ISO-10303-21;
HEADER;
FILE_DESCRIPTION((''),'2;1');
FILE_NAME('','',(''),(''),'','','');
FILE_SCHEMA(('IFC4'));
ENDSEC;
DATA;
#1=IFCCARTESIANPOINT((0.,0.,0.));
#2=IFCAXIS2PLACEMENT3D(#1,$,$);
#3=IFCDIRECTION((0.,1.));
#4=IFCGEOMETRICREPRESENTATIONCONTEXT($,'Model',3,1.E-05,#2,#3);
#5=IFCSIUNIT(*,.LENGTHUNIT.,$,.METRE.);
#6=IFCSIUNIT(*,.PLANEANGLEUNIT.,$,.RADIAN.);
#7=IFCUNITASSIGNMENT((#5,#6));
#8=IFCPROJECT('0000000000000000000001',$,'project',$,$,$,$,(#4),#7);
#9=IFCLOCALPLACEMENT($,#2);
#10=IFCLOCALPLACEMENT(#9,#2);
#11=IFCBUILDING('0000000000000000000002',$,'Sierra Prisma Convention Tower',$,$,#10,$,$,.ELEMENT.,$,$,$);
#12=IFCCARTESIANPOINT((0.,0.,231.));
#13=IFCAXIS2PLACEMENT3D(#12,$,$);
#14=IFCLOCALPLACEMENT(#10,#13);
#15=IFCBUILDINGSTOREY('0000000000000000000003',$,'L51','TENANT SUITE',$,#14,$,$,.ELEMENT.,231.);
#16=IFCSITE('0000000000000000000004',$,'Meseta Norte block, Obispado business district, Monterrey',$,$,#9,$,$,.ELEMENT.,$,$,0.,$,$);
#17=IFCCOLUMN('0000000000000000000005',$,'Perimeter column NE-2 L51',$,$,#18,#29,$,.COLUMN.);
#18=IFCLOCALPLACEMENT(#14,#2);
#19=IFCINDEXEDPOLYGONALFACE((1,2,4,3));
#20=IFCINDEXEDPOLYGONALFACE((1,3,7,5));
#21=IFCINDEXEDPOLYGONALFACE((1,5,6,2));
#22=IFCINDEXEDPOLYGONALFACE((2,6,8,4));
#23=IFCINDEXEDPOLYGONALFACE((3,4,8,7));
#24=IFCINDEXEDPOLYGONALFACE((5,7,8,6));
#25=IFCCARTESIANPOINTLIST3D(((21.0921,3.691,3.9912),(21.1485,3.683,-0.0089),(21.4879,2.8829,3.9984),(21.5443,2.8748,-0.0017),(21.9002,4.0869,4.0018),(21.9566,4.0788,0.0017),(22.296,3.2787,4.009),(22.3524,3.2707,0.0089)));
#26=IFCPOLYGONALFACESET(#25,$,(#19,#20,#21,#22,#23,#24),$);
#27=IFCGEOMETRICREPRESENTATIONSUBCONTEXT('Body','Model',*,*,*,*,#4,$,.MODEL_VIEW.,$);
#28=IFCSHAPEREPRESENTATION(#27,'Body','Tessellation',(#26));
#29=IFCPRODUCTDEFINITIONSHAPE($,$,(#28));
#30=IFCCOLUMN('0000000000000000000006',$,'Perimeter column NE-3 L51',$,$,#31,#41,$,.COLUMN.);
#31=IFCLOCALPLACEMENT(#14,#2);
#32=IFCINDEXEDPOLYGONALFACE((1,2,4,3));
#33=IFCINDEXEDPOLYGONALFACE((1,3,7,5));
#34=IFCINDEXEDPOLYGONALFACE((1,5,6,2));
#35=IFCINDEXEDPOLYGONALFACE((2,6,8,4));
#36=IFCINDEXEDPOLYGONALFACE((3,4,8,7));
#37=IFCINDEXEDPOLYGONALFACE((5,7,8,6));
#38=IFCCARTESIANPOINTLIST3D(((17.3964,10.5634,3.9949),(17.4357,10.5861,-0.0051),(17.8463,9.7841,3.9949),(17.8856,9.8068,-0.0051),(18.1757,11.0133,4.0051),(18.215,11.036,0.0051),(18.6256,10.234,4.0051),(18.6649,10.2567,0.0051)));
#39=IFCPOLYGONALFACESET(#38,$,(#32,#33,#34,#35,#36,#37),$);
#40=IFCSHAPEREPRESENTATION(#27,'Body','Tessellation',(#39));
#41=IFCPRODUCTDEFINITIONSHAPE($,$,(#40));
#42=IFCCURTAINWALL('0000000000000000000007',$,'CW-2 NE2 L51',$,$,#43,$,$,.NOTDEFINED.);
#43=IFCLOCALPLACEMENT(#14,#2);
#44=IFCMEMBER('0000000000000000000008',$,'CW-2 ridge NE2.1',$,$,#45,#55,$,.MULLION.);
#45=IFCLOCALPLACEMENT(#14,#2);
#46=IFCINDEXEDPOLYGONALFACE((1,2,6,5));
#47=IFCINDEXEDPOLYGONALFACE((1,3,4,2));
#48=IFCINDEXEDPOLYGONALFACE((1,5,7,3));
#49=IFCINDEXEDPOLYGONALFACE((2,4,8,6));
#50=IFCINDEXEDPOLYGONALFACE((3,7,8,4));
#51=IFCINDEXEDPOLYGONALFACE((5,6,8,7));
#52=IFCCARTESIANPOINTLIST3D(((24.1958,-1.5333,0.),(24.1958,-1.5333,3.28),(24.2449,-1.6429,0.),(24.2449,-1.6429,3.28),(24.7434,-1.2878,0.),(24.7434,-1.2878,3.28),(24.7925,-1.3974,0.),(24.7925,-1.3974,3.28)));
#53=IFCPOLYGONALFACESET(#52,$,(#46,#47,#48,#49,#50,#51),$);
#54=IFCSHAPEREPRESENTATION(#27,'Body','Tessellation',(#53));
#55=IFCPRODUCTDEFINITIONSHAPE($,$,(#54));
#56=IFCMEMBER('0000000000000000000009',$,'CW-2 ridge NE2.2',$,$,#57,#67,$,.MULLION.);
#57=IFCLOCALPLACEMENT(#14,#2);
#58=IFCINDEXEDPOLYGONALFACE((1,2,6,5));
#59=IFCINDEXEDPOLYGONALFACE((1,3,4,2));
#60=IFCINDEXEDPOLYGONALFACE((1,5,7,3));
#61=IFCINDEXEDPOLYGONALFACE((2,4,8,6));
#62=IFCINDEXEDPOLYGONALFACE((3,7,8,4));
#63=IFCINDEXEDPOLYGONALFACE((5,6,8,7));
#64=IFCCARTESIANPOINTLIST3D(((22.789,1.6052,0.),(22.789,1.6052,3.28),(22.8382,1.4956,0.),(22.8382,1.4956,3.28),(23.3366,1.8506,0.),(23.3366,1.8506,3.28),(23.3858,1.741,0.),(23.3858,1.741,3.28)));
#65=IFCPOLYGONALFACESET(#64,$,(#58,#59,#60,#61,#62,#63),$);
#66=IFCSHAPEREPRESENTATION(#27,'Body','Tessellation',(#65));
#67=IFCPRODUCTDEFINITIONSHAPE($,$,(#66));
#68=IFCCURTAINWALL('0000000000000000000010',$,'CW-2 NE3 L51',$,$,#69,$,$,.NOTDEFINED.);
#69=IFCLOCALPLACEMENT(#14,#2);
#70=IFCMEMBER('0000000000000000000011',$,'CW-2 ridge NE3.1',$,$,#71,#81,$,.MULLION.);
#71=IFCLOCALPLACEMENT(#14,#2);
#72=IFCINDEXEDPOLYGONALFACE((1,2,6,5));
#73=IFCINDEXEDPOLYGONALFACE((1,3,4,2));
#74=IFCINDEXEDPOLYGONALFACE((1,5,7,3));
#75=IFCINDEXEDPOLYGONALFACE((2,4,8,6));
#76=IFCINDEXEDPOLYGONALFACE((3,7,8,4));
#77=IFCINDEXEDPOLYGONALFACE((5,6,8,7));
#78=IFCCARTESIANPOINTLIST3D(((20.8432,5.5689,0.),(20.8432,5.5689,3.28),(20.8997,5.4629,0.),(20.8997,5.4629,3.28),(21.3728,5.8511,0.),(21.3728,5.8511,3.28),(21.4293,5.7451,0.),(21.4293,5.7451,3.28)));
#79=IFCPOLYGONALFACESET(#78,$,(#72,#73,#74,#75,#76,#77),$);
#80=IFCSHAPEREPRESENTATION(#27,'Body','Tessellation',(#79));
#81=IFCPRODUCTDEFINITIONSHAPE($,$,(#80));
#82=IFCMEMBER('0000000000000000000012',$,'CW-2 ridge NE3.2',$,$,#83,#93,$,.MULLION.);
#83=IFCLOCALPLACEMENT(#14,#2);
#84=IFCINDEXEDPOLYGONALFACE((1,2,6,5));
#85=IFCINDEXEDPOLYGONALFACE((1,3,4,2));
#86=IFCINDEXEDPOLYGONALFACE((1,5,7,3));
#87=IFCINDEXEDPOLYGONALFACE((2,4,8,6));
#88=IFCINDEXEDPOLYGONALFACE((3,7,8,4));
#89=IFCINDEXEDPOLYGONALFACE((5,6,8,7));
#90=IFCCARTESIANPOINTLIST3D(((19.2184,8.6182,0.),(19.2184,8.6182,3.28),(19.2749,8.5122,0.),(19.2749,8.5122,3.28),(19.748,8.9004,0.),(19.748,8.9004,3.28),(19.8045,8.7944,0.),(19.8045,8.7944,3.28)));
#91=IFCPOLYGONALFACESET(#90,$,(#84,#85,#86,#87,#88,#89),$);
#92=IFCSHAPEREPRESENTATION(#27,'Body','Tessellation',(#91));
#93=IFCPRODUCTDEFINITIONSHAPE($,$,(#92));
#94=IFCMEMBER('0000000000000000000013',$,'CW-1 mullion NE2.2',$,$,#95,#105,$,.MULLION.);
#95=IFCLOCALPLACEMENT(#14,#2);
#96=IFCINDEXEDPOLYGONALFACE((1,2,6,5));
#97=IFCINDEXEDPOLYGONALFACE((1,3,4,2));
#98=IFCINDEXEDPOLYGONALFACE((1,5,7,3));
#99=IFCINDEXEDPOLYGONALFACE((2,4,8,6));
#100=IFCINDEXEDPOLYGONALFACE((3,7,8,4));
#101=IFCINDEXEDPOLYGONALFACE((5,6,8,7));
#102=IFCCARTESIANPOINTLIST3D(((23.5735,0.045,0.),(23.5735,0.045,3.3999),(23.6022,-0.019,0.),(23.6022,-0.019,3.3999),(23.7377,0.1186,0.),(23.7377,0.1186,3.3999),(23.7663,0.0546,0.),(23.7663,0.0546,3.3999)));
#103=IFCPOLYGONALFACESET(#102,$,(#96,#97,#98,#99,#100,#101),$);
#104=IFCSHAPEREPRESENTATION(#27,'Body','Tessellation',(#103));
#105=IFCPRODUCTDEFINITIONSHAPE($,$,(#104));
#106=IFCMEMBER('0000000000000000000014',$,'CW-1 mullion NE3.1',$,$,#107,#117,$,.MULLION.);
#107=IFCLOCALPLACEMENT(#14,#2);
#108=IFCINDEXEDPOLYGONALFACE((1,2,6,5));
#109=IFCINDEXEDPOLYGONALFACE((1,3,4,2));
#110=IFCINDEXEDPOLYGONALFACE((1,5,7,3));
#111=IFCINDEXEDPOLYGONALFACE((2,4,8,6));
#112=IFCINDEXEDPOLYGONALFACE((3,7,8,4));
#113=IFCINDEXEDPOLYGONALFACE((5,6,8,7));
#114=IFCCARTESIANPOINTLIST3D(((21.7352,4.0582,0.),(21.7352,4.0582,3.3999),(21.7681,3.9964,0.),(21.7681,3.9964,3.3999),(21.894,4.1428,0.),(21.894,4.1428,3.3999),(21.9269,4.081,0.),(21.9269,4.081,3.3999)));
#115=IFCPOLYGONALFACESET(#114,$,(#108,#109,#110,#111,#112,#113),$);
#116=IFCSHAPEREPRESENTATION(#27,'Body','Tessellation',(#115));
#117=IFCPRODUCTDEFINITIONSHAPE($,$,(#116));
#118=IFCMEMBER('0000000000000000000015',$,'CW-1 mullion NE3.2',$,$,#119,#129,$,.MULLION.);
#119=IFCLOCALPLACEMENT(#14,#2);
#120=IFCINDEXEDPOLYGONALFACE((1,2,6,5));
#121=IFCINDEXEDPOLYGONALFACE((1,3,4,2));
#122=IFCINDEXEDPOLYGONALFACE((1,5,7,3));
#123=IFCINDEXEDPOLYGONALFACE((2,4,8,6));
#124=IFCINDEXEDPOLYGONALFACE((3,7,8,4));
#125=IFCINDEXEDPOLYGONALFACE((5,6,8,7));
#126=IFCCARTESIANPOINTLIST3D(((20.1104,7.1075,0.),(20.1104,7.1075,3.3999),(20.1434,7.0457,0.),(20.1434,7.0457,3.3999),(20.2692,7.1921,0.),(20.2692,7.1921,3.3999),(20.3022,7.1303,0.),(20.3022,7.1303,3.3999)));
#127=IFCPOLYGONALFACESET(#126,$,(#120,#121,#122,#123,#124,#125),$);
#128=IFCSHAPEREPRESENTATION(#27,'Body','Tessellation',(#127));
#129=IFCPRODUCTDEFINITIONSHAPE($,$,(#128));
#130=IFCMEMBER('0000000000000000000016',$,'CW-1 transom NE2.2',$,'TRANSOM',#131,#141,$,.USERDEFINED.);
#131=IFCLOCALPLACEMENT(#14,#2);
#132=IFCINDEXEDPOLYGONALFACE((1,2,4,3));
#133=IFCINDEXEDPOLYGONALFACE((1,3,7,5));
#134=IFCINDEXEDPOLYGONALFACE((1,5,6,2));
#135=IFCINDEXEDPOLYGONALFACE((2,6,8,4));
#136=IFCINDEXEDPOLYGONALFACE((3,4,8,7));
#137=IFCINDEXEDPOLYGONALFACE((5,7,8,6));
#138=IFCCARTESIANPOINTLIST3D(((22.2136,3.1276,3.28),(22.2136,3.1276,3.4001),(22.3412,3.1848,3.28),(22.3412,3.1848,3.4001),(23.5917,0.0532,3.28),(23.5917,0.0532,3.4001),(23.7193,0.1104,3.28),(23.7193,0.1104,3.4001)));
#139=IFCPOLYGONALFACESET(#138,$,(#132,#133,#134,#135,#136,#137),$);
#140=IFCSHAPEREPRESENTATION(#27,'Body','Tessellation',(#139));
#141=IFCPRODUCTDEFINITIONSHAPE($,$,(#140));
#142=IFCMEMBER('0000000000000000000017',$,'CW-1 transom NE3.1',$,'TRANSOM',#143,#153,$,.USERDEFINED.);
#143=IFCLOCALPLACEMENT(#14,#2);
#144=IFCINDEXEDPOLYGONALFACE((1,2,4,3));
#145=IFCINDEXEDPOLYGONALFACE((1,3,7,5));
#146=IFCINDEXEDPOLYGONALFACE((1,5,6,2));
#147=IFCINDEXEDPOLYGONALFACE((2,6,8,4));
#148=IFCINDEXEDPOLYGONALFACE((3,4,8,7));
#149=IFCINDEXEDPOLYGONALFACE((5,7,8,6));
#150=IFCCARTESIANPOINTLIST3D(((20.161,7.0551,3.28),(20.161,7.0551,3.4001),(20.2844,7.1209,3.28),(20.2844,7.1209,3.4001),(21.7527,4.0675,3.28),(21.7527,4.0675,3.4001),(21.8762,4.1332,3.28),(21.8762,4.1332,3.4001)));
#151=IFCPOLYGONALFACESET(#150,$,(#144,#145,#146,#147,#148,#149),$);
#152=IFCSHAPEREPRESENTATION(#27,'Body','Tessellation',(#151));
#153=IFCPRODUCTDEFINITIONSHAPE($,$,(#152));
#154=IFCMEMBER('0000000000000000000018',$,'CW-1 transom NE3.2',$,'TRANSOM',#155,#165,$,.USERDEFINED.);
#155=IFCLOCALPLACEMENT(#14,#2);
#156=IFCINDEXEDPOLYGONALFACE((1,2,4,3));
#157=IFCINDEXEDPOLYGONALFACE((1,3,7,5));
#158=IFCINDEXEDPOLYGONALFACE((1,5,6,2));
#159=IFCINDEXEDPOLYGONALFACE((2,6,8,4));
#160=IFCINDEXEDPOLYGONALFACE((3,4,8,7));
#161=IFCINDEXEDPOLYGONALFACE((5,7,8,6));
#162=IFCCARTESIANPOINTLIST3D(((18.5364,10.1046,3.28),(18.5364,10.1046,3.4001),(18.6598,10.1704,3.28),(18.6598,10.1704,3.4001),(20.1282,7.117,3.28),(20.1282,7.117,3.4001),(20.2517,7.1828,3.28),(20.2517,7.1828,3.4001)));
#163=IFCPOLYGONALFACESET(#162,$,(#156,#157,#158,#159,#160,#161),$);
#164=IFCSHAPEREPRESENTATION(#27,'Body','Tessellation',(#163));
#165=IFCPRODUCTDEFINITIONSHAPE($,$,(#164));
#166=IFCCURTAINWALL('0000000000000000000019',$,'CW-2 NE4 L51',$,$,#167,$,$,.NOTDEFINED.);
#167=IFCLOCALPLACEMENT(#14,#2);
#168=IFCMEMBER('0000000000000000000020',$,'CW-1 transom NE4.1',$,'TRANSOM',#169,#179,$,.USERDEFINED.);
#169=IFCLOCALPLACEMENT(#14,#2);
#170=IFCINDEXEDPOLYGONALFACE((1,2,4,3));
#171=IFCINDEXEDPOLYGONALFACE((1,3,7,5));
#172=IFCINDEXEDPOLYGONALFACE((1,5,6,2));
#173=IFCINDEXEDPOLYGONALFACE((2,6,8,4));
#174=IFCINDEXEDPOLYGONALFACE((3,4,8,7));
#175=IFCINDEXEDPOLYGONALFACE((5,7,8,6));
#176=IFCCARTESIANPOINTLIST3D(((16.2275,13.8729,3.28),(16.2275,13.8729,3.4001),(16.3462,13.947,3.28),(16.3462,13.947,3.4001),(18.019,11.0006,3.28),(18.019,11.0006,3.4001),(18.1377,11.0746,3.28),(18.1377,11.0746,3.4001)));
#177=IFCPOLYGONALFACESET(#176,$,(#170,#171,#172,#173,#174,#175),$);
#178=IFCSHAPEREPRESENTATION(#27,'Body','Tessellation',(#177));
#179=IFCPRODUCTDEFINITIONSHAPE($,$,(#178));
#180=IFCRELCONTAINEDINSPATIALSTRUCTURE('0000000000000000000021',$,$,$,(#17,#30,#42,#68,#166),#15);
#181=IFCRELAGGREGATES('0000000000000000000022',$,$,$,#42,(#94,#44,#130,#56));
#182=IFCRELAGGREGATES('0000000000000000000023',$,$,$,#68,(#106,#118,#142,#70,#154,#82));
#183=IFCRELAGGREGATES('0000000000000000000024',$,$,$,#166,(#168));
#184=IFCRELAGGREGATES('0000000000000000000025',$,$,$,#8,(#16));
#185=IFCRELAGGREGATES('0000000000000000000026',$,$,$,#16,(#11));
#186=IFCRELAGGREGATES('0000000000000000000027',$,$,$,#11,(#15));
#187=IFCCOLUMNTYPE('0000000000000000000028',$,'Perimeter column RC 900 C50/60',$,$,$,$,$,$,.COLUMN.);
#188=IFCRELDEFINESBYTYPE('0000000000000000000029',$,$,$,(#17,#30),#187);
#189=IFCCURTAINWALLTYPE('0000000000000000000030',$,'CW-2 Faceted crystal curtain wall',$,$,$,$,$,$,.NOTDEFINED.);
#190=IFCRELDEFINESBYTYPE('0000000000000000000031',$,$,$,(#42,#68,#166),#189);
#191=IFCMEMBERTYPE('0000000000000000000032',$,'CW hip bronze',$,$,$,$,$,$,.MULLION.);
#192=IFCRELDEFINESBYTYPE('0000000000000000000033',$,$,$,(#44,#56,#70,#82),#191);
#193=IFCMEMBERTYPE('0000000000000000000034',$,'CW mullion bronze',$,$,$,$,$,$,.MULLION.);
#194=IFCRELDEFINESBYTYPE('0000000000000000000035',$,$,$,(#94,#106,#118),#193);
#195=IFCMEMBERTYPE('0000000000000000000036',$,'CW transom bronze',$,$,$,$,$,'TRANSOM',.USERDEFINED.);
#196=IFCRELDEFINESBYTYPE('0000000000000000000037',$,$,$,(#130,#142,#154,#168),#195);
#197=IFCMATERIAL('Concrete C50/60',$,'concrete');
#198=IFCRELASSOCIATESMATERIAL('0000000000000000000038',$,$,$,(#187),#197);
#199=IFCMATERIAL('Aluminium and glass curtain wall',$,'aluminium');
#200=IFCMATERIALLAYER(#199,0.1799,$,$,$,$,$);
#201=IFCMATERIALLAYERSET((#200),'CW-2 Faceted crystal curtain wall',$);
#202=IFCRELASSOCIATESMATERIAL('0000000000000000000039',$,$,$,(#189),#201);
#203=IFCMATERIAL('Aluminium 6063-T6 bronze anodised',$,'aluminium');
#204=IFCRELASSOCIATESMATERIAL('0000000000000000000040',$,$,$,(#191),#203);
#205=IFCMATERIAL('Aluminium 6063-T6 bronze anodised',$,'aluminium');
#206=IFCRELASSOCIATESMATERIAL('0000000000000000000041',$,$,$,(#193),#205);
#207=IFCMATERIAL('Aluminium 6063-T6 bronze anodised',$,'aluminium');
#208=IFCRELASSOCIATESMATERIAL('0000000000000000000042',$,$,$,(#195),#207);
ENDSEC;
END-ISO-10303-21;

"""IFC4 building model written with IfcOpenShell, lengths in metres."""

from ifc_helpers import new_model, si_unit, direction, frame, origin, origin_2d, place, context, subcontext, project, spatial, rectangle, extrude, material, layer, layer_set, material_profile, profile_set, type_object, element, aggregate, save


model = new_model("IFC4")

# Units and contexts
model_context = context("Model", 3, precision=1e-05, world=origin(), true_north=direction((0.0, 1.0)))
body_context = subcontext(model_context, "Body", "Model", "MODEL_VIEW")
ifc_project = project(units=[si_unit("LENGTHUNIT", "METRE"), si_unit("PLANEANGLEUNIT", "RADIAN")], contexts=[model_context])

# Site, building, storey
site_placement = place(None, origin())
site = spatial("IfcSite", under=ifc_project, at=site_placement, Name="Meseta Norte block, Obispado business district, Monterrey", CompositionType="ELEMENT", RefElevation=0.0)
building_placement = place(site_placement, origin())
building = spatial("IfcBuilding", under=site, at=building_placement, Name="Sierra Prisma Convention Tower", CompositionType="ELEMENT")
storey_placement = place(building_placement, frame((0.0, 0.0, 231.0)))
storey = spatial("IfcBuildingStorey", under=building, at=storey_placement, Name="L51", Description="TENANT SUITE", CompositionType="ELEMENT", Elevation=231.0)

# Columns
ifc_material_1 = material(Name="Concrete C50/60", Category="concrete")
ifc_material_profile_1 = material_profile(ifc_material_1, rectangle(XDim=0.8999, YDim=0.8999, at=origin_2d()), Name="Perimeter column RC 900 C50/60")
ifc_profile_set_1 = profile_set([ifc_material_profile_1], Name="Concrete C50/60")
column_type = type_object("IfcColumnType", Name="Perimeter column RC 900 C50/60", PredefinedType="COLUMN", material=ifc_profile_set_1)
column_1_placement = place(storey_placement, frame((21.7505, 3.4768, 0.0), z_axis=(-0.014098, 0.002014, 0.999899), x_axis=(-0.439826, 0.898047, -0.00801)))
element("IfcColumn", 1, at=column_1_placement, inside=storey, type_object=column_type, Name="Perimeter column NE-2 L51", PredefinedType="COLUMN", context=body_context, shape_type="SweptSolid", body=[
    extrude(rectangle(XDim=0.8999, YDim=0.8999, at=origin_2d()), origin(), (0.0, 0.0, 1.0), 4.0005),
])
column_2_placement = place(storey_placement, frame((18.0503, 10.4214, 0.0), z_axis=(-0.009826, -0.005676, 0.999936), x_axis=(-0.499976, 0.866039, 0.000003)))
element("IfcColumn", 2, at=column_2_placement, inside=storey, type_object=column_type, Name="Perimeter column NE-3 L51", PredefinedType="COLUMN", context=body_context, shape_type="SweptSolid", body=[
    extrude(rectangle(XDim=0.8999, YDim=0.8999, at=origin_2d()), origin(), (0.0, 0.0, 1.0), 4.0002),
])

# Curtain walls, members
ifc_material_2 = material(Name="Aluminium and glass curtain wall", Category="aluminium")
ifc_layer_1 = layer(ifc_material_2, 0.1799)
ifc_layer_set_1 = layer_set([ifc_layer_1], Name="CW-2 Faceted crystal curtain wall")
curtain_wall_type = type_object("IfcCurtainWallType", Name="CW-2 Faceted crystal curtain wall", PredefinedType="NOTDEFINED", material=ifc_layer_set_1)
curtain_wall_1_placement = place(storey_placement, origin())
curtain_wall_1 = element("IfcCurtainWall", 3, at=curtain_wall_1_placement, inside=storey, type_object=curtain_wall_type, Name="CW-2 NE2 L51", PredefinedType="NOTDEFINED")
ifc_material_3 = material(Name="Aluminium 6063-T6 bronze anodised", Category="aluminium")
ifc_material_profile_2 = material_profile(ifc_material_3, rectangle(XDim=0.1201, YDim=0.6001, at=origin_2d()), Name="ALU RIDGE BLADE 120x600")
ifc_profile_set_2 = profile_set([ifc_material_profile_2], Name="Aluminium 6063-T6 bronze anodised")
member_type_1 = type_object("IfcMemberType", Name="CW hip bronze", PredefinedType="MULLION", material=ifc_profile_set_2)
member_1_placement = place(storey_placement, frame((24.4941, -1.4653, 0.0), z_axis=(0.0, 0.0, 1.0), x_axis=(-0.409023, 0.912524, 0.0)))
member_1 = element("IfcMember", 4, at=member_1_placement, type_object=member_type_1, Name="CW-2 ridge NE2.1", PredefinedType="MULLION", context=body_context, shape_type="SweptSolid", body=[
    extrude(rectangle(XDim=0.1201, YDim=0.6001, at=origin_2d()), origin(), (0.0, 0.0, 1.0), 3.28),
])
member_2_placement = place(storey_placement, frame((23.0874, 1.6731, 0.0), z_axis=(0.0, 0.0, 1.0), x_axis=(-0.409023, 0.912524, 0.0)))
member_2 = element("IfcMember", 5, at=member_2_placement, type_object=member_type_1, Name="CW-2 ridge NE2.2", PredefinedType="MULLION", context=body_context, shape_type="SweptSolid", body=[
    extrude(rectangle(XDim=0.1201, YDim=0.6001, at=origin_2d()), origin(), (0.0, 0.0, 1.0), 3.28),
])
curtain_wall_2_placement = place(storey_placement, origin())
curtain_wall_2 = element("IfcCurtainWall", 6, at=curtain_wall_2_placement, inside=storey, type_object=curtain_wall_type, Name="CW-2 NE3 L51", PredefinedType="NOTDEFINED")
member_3_placement = place(storey_placement, frame((21.1362, 5.657, 0.0), z_axis=(0.0, 0.0, 1.0), x_axis=(-0.470208, 0.882555, 0.0)))
member_3 = element("IfcMember", 7, at=member_3_placement, type_object=member_type_1, Name="CW-2 ridge NE3.1", PredefinedType="MULLION", context=body_context, shape_type="SweptSolid", body=[
    extrude(rectangle(XDim=0.1201, YDim=0.6001, at=origin_2d()), origin(), (0.0, 0.0, 1.0), 3.28),
])
member_4_placement = place(storey_placement, frame((19.5115, 8.7063, 0.0), z_axis=(0.0, 0.0, 1.0), x_axis=(-0.470208, 0.882555, 0.0)))
member_4 = element("IfcMember", 8, at=member_4_placement, type_object=member_type_1, Name="CW-2 ridge NE3.2", PredefinedType="MULLION", context=body_context, shape_type="SweptSolid", body=[
    extrude(rectangle(XDim=0.1201, YDim=0.6001, at=origin_2d()), origin(), (0.0, 0.0, 1.0), 3.28),
])

# Members
ifc_material_4 = material(Name="Aluminium 6063-T6 bronze anodised", Category="aluminium")
ifc_material_profile_3 = material_profile(ifc_material_4, rectangle(XDim=0.1799, YDim=0.0701, at=origin_2d()), Name="ALU MULLION 70x180")
ifc_profile_set_3 = profile_set([ifc_material_profile_3], Name="Aluminium 6063-T6 bronze anodised")
member_type_2 = type_object("IfcMemberType", Name="CW mullion bronze", PredefinedType="MULLION", material=ifc_profile_set_3)
member_5_placement = place(storey_placement, frame((23.6699, 0.0498, 0.0), z_axis=(0.0, 0.0, 1.0), x_axis=(-0.912524, -0.409023, 0.0)))
member_5 = element("IfcMember", 9, at=member_5_placement, type_object=member_type_2, Name="CW-1 mullion NE2.2", PredefinedType="MULLION", context=body_context, shape_type="SweptSolid", body=[
    extrude(rectangle(XDim=0.1799, YDim=0.0701, at=origin_2d()), origin(), (0.0, 0.0, 1.0), 3.3999),
])
member_6_placement = place(storey_placement, frame((21.8311, 4.0696, 0.0), z_axis=(0.0, 0.0, 1.0), x_axis=(-0.882555, -0.470208, 0.0)))
member_6 = element("IfcMember", 10, at=member_6_placement, type_object=member_type_2, Name="CW-1 mullion NE3.1", PredefinedType="MULLION", context=body_context, shape_type="SweptSolid", body=[
    extrude(rectangle(XDim=0.1799, YDim=0.0701, at=origin_2d()), origin(), (0.0, 0.0, 1.0), 3.3999),
])
member_7_placement = place(storey_placement, frame((20.2063, 7.1189, 0.0), z_axis=(0.0, 0.0, 1.0), x_axis=(-0.882555, -0.470208, 0.0)))
member_7 = element("IfcMember", 11, at=member_7_placement, type_object=member_type_2, Name="CW-1 mullion NE3.2", PredefinedType="MULLION", context=body_context, shape_type="SweptSolid", body=[
    extrude(rectangle(XDim=0.1799, YDim=0.0701, at=origin_2d()), origin(), (0.0, 0.0, 1.0), 3.3999),
])
ifc_material_5 = material(Name="Aluminium 6063-T6 bronze anodised", Category="aluminium")
ifc_material_profile_4 = material_profile(ifc_material_5, rectangle(XDim=0.1399, YDim=0.1201, at=origin_2d()), Name="ALU TRANSOM 120x140")
ifc_profile_set_4 = profile_set([ifc_material_profile_4], Name="Aluminium 6063-T6 bronze anodised")
member_type_3 = type_object("IfcMemberType", Name="CW transom bronze", ElementType="TRANSOM", PredefinedType="USERDEFINED", material=ifc_profile_set_4)
member_8_placement = place(storey_placement, frame((23.6555, 0.0818, 3.3401), z_axis=(-0.409048, 0.912513, 0.0), x_axis=(-0.912513, -0.409048, 0.0)))
member_8 = element("IfcMember", 12, at=member_8_placement, type_object=member_type_3, Name="CW-1 transom NE2.2", ObjectType="TRANSOM", PredefinedType="USERDEFINED", context=body_context, shape_type="SweptSolid", body=[
    extrude(rectangle(XDim=0.1399, YDim=0.1201, at=origin_2d()), origin(), (0.0, 0.0, 1.0), 3.3691),
])
member_9_placement = place(storey_placement, frame((21.8145, 4.1003, 3.3401), z_axis=(-0.470199, 0.88256, 0.0), x_axis=(-0.88256, -0.470199, 0.0)))
member_9 = element("IfcMember", 13, at=member_9_placement, type_object=member_type_3, Name="CW-1 transom NE3.1", ObjectType="TRANSOM", PredefinedType="USERDEFINED", context=body_context, shape_type="SweptSolid", body=[
    extrude(rectangle(XDim=0.1399, YDim=0.1201, at=origin_2d()), origin(), (0.0, 0.0, 1.0), 3.3853),
])
member_10_placement = place(storey_placement, frame((20.1899, 7.1499, 3.3401), z_axis=(-0.470229, 0.882545, 0.0), x_axis=(-0.882545, -0.470229, 0.0)))
member_10 = element("IfcMember", 14, at=member_10_placement, type_object=member_type_3, Name="CW-1 transom NE3.2", ObjectType="TRANSOM", PredefinedType="USERDEFINED", context=body_context, shape_type="SweptSolid", body=[
    extrude(rectangle(XDim=0.1399, YDim=0.1201, at=origin_2d()), origin(), (0.0, 0.0, 1.0), 3.3853),
])

# Curtain wall, member
curtain_wall_3_placement = place(storey_placement, origin())
curtain_wall_3 = element("IfcCurtainWall", 15, at=curtain_wall_3_placement, inside=storey, type_object=curtain_wall_type, Name="CW-2 NE4 L51", PredefinedType="NOTDEFINED")
member_11_placement = place(storey_placement, frame((18.0784, 11.0376, 3.3401), z_axis=(-0.529214, 0.848488, 0.0), x_axis=(-0.848488, -0.529214, 0.0)))
member_11 = element("IfcMember", 16, at=member_11_placement, type_object=member_type_3, Name="CW-1 transom NE4.1", ObjectType="TRANSOM", PredefinedType="USERDEFINED", context=body_context, shape_type="SweptSolid", body=[
    extrude(rectangle(XDim=0.1399, YDim=0.1201, at=origin_2d()), origin(), (0.0, 0.0, 1.0), 3.3853),
])

aggregate(curtain_wall_1, [member_5, member_1, member_8, member_2])
aggregate(curtain_wall_2, [member_6, member_7, member_9, member_3, member_10, member_4])
aggregate(curtain_wall_3, [member_11])

save(model, "model.ifc")
